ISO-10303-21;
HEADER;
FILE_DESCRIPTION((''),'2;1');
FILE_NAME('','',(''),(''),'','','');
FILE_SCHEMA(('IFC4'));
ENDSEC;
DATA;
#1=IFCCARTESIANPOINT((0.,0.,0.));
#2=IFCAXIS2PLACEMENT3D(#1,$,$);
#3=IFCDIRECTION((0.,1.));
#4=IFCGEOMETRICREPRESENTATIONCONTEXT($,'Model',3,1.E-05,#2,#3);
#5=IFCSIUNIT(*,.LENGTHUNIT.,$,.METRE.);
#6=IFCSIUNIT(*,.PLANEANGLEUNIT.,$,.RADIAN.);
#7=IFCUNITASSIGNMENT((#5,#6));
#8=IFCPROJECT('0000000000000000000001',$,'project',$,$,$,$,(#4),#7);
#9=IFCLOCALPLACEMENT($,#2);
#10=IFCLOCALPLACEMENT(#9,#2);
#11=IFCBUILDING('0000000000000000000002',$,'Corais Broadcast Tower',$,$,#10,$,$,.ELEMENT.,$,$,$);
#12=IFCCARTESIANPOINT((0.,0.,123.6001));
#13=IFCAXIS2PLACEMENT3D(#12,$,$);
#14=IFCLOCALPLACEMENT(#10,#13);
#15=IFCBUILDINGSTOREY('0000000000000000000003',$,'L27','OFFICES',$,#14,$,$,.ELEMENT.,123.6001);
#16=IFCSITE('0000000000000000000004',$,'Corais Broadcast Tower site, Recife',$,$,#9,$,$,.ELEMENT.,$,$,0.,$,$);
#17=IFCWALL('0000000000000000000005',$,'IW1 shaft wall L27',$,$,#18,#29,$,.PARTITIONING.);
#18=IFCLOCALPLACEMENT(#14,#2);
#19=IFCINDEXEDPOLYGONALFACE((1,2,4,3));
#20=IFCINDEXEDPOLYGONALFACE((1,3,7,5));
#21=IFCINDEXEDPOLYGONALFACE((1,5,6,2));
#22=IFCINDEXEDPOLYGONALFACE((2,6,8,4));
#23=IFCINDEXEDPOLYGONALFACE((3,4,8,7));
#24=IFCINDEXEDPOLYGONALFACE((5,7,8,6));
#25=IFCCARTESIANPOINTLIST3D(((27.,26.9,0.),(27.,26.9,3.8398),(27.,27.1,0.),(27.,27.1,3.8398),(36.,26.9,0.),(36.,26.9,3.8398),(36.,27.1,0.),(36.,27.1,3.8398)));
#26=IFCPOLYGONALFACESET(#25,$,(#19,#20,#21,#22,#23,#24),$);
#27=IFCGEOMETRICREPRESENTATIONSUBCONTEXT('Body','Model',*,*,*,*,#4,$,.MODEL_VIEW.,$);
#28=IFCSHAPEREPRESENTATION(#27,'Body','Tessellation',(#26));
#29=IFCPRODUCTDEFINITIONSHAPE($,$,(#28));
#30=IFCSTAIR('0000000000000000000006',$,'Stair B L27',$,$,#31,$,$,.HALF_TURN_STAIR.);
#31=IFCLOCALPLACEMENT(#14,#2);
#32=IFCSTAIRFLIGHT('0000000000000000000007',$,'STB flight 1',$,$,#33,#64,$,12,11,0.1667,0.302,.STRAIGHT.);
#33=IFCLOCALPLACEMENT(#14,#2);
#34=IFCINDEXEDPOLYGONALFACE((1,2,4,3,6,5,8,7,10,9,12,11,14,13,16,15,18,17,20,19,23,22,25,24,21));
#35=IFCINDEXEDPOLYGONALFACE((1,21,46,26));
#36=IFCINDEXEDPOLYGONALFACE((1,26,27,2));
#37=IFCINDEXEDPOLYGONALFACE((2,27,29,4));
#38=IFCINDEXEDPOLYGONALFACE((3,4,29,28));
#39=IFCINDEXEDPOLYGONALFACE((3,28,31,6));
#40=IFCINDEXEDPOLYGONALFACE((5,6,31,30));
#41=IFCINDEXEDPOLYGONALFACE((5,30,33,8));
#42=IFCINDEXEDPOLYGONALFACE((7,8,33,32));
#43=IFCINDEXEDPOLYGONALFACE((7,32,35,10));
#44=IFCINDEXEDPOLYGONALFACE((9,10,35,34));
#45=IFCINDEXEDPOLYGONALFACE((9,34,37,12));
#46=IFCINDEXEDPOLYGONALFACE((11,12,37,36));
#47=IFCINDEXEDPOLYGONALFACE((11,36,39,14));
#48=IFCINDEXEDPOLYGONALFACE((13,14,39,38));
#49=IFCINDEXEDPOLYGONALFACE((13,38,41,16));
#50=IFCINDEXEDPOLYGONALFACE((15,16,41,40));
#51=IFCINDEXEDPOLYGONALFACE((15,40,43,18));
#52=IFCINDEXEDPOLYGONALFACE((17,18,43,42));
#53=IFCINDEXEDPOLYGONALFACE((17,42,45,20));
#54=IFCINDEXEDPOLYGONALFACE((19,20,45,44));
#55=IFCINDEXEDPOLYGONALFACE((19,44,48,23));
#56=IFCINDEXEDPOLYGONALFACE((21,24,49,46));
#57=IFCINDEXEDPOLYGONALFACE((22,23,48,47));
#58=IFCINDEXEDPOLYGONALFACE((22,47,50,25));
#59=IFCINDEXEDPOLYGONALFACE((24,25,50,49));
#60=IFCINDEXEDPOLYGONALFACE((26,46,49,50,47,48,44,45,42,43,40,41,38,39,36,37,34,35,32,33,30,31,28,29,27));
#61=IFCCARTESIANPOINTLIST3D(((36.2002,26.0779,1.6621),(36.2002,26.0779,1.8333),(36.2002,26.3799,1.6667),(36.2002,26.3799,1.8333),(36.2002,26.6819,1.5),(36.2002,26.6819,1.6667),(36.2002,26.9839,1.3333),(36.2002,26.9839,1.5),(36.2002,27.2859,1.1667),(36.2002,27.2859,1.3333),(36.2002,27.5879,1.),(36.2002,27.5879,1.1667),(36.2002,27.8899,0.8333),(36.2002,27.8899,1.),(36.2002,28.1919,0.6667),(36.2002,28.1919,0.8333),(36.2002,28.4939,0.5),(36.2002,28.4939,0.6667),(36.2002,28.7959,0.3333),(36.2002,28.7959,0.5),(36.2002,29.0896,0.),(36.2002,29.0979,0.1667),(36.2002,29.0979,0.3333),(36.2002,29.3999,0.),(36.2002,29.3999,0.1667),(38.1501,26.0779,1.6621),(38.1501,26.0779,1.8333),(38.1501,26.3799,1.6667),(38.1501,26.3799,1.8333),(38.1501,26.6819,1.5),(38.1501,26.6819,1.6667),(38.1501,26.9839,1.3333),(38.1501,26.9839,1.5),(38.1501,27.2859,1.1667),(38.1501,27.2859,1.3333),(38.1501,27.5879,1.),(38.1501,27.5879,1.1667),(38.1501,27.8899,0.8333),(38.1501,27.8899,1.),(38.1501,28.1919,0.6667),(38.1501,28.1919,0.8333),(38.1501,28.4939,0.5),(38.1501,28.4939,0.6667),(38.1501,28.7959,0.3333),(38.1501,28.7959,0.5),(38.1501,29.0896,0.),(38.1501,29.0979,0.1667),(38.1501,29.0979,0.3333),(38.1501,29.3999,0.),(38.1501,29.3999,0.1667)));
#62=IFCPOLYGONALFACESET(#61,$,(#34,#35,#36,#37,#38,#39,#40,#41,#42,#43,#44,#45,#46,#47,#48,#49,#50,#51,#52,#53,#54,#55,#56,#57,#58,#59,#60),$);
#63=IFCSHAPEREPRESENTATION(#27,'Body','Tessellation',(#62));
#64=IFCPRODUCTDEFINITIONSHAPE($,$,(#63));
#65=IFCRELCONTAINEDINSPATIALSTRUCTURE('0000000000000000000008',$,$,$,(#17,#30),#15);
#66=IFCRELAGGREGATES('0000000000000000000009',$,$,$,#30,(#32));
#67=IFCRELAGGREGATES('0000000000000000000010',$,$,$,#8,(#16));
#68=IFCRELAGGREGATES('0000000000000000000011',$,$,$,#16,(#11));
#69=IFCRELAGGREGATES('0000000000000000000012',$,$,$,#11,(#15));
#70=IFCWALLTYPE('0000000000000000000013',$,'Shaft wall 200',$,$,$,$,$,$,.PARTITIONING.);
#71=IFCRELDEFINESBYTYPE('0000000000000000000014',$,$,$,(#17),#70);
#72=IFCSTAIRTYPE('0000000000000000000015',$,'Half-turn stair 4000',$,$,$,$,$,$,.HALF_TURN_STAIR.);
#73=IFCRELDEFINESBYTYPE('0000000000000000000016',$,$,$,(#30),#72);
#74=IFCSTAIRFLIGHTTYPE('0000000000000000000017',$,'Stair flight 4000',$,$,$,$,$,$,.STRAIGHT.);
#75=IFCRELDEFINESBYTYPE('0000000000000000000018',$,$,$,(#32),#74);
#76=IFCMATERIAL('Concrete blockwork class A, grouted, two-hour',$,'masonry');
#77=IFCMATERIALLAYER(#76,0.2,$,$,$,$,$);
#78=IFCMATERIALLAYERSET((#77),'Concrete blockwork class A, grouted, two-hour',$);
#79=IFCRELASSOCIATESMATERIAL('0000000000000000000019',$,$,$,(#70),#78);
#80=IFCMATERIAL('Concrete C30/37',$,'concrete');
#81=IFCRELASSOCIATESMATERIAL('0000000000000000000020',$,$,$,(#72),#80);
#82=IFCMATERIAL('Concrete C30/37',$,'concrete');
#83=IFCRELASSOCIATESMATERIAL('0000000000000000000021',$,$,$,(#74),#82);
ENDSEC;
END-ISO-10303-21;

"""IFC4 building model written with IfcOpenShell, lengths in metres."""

from ifc_helpers import new_model, si_unit, direction, frame, frame_2d, origin, place, context, subcontext, project, spatial, polyline, rectangle, outline, extrude, material, layer, layer_set, type_object, element, aggregate, save


model = new_model("IFC4")

# Units and contexts
model_context = context("Model", 3, precision=1e-05, world=origin(), true_north=direction((0.0, 1.0)))
body_context = subcontext(model_context, "Body", "Model", "MODEL_VIEW")
ifc_project = project(units=[si_unit("LENGTHUNIT", "METRE"), si_unit("PLANEANGLEUNIT", "RADIAN")], contexts=[model_context])

# Site, building, storey
site_placement = place(None, origin())
site = spatial("IfcSite", under=ifc_project, at=site_placement, Name="Corais Broadcast Tower site, Recife", CompositionType="ELEMENT", RefElevation=0.0)
building_placement = place(site_placement, origin())
building = spatial("IfcBuilding", under=site, at=building_placement, Name="Corais Broadcast Tower", CompositionType="ELEMENT")
storey_placement = place(building_placement, frame((0.0, 0.0, 123.6001)))
storey = spatial("IfcBuildingStorey", under=building, at=storey_placement, Name="L27", Description="OFFICES", CompositionType="ELEMENT", Elevation=123.6001)

# Wall
ifc_material_1 = material(Name="Concrete blockwork class A, grouted, two-hour", Category="masonry")
ifc_layer_1 = layer(ifc_material_1, 0.2)
ifc_layer_set_1 = layer_set([ifc_layer_1], Name="Concrete blockwork class A, grouted, two-hour")
wall_type_1 = type_object("IfcWallType", Name="Shaft wall 200", PredefinedType="PARTITIONING", material=ifc_layer_set_1)
wall_1_placement = place(storey_placement, frame((27.0, 27.0, 0.0), z_axis=(0.0, 0.0, 1.0), x_axis=(1.0, 0.0, 0.0)))
element("IfcWall", 1, at=wall_1_placement, inside=storey, type_object=wall_type_1, Name="IW1 shaft wall L27", PredefinedType="PARTITIONING", context=body_context, shape_type="SweptSolid", body=[
    extrude(rectangle(XDim=9.0, YDim=0.2, at=frame_2d((4.5, 0.0))), origin(), (0.0, 0.0, 1.0), 3.8398),
])

# Stair, stair flight
ifc_material_2 = material(Name="Concrete C30/37", Category="concrete")
stair_type = type_object("IfcStairType", Name="Half-turn stair 4000", PredefinedType="HALF_TURN_STAIR", material=ifc_material_2)
stair_placement = place(storey_placement, origin())
stair = element("IfcStair", 2, at=stair_placement, inside=storey, type_object=stair_type, Name="Stair B L27", PredefinedType="HALF_TURN_STAIR")
ifc_material_3 = material(Name="Concrete C30/37", Category="concrete")
stair_flight_type = type_object("IfcStairFlightType", Name="Stair flight 4000", PredefinedType="STRAIGHT", material=ifc_material_3)
stair_flight_placement = place(storey_placement, frame((37.175, 29.3999, 0.0), z_axis=(0.0, 0.0, 1.0), x_axis=(0.0, -1.0, 0.0)))
stair_flight = element("IfcStairFlight", 3, at=stair_flight_placement, type_object=stair_flight_type, Name="STB flight 1", NumberOfRisers=12, NumberOfTreads=11, PredefinedType="STRAIGHT", RiserHeight=0.1667, TreadLength=0.302, context=body_context, shape_type="SweptSolid", body=[
    extrude(outline(polyline([(0.0, 0.0), (0.0, 0.1667), (0.302, 0.1667), (0.302, 0.3333), (0.604, 0.3333), (0.604, 0.5), (0.906, 0.5), (0.906, 0.6667), (1.208, 0.6667), (1.208, 0.8333), (1.51, 0.8333), (1.51, 1.0), (1.812, 1.0), (1.812, 1.1667), (2.114, 1.1667), (2.114, 1.3333), (2.416, 1.3333), (2.416, 1.5), (2.718, 1.5), (2.718, 1.6667), (3.02, 1.6667), (3.02, 1.8333), (3.322, 1.8333), (3.322, 2.0), (3.322, 1.6621), (0.3103, 0.0), (0.0, 0.0)])), frame((0.0, 0.9751, 0.0), z_axis=(0.0, -1.0, 0.0), x_axis=(1.0, 0.0, 0.0)), (0.0, 0.0, 1.0), 1.95),
])
aggregate(stair, [stair_flight])

save(model, "model.ifc")
